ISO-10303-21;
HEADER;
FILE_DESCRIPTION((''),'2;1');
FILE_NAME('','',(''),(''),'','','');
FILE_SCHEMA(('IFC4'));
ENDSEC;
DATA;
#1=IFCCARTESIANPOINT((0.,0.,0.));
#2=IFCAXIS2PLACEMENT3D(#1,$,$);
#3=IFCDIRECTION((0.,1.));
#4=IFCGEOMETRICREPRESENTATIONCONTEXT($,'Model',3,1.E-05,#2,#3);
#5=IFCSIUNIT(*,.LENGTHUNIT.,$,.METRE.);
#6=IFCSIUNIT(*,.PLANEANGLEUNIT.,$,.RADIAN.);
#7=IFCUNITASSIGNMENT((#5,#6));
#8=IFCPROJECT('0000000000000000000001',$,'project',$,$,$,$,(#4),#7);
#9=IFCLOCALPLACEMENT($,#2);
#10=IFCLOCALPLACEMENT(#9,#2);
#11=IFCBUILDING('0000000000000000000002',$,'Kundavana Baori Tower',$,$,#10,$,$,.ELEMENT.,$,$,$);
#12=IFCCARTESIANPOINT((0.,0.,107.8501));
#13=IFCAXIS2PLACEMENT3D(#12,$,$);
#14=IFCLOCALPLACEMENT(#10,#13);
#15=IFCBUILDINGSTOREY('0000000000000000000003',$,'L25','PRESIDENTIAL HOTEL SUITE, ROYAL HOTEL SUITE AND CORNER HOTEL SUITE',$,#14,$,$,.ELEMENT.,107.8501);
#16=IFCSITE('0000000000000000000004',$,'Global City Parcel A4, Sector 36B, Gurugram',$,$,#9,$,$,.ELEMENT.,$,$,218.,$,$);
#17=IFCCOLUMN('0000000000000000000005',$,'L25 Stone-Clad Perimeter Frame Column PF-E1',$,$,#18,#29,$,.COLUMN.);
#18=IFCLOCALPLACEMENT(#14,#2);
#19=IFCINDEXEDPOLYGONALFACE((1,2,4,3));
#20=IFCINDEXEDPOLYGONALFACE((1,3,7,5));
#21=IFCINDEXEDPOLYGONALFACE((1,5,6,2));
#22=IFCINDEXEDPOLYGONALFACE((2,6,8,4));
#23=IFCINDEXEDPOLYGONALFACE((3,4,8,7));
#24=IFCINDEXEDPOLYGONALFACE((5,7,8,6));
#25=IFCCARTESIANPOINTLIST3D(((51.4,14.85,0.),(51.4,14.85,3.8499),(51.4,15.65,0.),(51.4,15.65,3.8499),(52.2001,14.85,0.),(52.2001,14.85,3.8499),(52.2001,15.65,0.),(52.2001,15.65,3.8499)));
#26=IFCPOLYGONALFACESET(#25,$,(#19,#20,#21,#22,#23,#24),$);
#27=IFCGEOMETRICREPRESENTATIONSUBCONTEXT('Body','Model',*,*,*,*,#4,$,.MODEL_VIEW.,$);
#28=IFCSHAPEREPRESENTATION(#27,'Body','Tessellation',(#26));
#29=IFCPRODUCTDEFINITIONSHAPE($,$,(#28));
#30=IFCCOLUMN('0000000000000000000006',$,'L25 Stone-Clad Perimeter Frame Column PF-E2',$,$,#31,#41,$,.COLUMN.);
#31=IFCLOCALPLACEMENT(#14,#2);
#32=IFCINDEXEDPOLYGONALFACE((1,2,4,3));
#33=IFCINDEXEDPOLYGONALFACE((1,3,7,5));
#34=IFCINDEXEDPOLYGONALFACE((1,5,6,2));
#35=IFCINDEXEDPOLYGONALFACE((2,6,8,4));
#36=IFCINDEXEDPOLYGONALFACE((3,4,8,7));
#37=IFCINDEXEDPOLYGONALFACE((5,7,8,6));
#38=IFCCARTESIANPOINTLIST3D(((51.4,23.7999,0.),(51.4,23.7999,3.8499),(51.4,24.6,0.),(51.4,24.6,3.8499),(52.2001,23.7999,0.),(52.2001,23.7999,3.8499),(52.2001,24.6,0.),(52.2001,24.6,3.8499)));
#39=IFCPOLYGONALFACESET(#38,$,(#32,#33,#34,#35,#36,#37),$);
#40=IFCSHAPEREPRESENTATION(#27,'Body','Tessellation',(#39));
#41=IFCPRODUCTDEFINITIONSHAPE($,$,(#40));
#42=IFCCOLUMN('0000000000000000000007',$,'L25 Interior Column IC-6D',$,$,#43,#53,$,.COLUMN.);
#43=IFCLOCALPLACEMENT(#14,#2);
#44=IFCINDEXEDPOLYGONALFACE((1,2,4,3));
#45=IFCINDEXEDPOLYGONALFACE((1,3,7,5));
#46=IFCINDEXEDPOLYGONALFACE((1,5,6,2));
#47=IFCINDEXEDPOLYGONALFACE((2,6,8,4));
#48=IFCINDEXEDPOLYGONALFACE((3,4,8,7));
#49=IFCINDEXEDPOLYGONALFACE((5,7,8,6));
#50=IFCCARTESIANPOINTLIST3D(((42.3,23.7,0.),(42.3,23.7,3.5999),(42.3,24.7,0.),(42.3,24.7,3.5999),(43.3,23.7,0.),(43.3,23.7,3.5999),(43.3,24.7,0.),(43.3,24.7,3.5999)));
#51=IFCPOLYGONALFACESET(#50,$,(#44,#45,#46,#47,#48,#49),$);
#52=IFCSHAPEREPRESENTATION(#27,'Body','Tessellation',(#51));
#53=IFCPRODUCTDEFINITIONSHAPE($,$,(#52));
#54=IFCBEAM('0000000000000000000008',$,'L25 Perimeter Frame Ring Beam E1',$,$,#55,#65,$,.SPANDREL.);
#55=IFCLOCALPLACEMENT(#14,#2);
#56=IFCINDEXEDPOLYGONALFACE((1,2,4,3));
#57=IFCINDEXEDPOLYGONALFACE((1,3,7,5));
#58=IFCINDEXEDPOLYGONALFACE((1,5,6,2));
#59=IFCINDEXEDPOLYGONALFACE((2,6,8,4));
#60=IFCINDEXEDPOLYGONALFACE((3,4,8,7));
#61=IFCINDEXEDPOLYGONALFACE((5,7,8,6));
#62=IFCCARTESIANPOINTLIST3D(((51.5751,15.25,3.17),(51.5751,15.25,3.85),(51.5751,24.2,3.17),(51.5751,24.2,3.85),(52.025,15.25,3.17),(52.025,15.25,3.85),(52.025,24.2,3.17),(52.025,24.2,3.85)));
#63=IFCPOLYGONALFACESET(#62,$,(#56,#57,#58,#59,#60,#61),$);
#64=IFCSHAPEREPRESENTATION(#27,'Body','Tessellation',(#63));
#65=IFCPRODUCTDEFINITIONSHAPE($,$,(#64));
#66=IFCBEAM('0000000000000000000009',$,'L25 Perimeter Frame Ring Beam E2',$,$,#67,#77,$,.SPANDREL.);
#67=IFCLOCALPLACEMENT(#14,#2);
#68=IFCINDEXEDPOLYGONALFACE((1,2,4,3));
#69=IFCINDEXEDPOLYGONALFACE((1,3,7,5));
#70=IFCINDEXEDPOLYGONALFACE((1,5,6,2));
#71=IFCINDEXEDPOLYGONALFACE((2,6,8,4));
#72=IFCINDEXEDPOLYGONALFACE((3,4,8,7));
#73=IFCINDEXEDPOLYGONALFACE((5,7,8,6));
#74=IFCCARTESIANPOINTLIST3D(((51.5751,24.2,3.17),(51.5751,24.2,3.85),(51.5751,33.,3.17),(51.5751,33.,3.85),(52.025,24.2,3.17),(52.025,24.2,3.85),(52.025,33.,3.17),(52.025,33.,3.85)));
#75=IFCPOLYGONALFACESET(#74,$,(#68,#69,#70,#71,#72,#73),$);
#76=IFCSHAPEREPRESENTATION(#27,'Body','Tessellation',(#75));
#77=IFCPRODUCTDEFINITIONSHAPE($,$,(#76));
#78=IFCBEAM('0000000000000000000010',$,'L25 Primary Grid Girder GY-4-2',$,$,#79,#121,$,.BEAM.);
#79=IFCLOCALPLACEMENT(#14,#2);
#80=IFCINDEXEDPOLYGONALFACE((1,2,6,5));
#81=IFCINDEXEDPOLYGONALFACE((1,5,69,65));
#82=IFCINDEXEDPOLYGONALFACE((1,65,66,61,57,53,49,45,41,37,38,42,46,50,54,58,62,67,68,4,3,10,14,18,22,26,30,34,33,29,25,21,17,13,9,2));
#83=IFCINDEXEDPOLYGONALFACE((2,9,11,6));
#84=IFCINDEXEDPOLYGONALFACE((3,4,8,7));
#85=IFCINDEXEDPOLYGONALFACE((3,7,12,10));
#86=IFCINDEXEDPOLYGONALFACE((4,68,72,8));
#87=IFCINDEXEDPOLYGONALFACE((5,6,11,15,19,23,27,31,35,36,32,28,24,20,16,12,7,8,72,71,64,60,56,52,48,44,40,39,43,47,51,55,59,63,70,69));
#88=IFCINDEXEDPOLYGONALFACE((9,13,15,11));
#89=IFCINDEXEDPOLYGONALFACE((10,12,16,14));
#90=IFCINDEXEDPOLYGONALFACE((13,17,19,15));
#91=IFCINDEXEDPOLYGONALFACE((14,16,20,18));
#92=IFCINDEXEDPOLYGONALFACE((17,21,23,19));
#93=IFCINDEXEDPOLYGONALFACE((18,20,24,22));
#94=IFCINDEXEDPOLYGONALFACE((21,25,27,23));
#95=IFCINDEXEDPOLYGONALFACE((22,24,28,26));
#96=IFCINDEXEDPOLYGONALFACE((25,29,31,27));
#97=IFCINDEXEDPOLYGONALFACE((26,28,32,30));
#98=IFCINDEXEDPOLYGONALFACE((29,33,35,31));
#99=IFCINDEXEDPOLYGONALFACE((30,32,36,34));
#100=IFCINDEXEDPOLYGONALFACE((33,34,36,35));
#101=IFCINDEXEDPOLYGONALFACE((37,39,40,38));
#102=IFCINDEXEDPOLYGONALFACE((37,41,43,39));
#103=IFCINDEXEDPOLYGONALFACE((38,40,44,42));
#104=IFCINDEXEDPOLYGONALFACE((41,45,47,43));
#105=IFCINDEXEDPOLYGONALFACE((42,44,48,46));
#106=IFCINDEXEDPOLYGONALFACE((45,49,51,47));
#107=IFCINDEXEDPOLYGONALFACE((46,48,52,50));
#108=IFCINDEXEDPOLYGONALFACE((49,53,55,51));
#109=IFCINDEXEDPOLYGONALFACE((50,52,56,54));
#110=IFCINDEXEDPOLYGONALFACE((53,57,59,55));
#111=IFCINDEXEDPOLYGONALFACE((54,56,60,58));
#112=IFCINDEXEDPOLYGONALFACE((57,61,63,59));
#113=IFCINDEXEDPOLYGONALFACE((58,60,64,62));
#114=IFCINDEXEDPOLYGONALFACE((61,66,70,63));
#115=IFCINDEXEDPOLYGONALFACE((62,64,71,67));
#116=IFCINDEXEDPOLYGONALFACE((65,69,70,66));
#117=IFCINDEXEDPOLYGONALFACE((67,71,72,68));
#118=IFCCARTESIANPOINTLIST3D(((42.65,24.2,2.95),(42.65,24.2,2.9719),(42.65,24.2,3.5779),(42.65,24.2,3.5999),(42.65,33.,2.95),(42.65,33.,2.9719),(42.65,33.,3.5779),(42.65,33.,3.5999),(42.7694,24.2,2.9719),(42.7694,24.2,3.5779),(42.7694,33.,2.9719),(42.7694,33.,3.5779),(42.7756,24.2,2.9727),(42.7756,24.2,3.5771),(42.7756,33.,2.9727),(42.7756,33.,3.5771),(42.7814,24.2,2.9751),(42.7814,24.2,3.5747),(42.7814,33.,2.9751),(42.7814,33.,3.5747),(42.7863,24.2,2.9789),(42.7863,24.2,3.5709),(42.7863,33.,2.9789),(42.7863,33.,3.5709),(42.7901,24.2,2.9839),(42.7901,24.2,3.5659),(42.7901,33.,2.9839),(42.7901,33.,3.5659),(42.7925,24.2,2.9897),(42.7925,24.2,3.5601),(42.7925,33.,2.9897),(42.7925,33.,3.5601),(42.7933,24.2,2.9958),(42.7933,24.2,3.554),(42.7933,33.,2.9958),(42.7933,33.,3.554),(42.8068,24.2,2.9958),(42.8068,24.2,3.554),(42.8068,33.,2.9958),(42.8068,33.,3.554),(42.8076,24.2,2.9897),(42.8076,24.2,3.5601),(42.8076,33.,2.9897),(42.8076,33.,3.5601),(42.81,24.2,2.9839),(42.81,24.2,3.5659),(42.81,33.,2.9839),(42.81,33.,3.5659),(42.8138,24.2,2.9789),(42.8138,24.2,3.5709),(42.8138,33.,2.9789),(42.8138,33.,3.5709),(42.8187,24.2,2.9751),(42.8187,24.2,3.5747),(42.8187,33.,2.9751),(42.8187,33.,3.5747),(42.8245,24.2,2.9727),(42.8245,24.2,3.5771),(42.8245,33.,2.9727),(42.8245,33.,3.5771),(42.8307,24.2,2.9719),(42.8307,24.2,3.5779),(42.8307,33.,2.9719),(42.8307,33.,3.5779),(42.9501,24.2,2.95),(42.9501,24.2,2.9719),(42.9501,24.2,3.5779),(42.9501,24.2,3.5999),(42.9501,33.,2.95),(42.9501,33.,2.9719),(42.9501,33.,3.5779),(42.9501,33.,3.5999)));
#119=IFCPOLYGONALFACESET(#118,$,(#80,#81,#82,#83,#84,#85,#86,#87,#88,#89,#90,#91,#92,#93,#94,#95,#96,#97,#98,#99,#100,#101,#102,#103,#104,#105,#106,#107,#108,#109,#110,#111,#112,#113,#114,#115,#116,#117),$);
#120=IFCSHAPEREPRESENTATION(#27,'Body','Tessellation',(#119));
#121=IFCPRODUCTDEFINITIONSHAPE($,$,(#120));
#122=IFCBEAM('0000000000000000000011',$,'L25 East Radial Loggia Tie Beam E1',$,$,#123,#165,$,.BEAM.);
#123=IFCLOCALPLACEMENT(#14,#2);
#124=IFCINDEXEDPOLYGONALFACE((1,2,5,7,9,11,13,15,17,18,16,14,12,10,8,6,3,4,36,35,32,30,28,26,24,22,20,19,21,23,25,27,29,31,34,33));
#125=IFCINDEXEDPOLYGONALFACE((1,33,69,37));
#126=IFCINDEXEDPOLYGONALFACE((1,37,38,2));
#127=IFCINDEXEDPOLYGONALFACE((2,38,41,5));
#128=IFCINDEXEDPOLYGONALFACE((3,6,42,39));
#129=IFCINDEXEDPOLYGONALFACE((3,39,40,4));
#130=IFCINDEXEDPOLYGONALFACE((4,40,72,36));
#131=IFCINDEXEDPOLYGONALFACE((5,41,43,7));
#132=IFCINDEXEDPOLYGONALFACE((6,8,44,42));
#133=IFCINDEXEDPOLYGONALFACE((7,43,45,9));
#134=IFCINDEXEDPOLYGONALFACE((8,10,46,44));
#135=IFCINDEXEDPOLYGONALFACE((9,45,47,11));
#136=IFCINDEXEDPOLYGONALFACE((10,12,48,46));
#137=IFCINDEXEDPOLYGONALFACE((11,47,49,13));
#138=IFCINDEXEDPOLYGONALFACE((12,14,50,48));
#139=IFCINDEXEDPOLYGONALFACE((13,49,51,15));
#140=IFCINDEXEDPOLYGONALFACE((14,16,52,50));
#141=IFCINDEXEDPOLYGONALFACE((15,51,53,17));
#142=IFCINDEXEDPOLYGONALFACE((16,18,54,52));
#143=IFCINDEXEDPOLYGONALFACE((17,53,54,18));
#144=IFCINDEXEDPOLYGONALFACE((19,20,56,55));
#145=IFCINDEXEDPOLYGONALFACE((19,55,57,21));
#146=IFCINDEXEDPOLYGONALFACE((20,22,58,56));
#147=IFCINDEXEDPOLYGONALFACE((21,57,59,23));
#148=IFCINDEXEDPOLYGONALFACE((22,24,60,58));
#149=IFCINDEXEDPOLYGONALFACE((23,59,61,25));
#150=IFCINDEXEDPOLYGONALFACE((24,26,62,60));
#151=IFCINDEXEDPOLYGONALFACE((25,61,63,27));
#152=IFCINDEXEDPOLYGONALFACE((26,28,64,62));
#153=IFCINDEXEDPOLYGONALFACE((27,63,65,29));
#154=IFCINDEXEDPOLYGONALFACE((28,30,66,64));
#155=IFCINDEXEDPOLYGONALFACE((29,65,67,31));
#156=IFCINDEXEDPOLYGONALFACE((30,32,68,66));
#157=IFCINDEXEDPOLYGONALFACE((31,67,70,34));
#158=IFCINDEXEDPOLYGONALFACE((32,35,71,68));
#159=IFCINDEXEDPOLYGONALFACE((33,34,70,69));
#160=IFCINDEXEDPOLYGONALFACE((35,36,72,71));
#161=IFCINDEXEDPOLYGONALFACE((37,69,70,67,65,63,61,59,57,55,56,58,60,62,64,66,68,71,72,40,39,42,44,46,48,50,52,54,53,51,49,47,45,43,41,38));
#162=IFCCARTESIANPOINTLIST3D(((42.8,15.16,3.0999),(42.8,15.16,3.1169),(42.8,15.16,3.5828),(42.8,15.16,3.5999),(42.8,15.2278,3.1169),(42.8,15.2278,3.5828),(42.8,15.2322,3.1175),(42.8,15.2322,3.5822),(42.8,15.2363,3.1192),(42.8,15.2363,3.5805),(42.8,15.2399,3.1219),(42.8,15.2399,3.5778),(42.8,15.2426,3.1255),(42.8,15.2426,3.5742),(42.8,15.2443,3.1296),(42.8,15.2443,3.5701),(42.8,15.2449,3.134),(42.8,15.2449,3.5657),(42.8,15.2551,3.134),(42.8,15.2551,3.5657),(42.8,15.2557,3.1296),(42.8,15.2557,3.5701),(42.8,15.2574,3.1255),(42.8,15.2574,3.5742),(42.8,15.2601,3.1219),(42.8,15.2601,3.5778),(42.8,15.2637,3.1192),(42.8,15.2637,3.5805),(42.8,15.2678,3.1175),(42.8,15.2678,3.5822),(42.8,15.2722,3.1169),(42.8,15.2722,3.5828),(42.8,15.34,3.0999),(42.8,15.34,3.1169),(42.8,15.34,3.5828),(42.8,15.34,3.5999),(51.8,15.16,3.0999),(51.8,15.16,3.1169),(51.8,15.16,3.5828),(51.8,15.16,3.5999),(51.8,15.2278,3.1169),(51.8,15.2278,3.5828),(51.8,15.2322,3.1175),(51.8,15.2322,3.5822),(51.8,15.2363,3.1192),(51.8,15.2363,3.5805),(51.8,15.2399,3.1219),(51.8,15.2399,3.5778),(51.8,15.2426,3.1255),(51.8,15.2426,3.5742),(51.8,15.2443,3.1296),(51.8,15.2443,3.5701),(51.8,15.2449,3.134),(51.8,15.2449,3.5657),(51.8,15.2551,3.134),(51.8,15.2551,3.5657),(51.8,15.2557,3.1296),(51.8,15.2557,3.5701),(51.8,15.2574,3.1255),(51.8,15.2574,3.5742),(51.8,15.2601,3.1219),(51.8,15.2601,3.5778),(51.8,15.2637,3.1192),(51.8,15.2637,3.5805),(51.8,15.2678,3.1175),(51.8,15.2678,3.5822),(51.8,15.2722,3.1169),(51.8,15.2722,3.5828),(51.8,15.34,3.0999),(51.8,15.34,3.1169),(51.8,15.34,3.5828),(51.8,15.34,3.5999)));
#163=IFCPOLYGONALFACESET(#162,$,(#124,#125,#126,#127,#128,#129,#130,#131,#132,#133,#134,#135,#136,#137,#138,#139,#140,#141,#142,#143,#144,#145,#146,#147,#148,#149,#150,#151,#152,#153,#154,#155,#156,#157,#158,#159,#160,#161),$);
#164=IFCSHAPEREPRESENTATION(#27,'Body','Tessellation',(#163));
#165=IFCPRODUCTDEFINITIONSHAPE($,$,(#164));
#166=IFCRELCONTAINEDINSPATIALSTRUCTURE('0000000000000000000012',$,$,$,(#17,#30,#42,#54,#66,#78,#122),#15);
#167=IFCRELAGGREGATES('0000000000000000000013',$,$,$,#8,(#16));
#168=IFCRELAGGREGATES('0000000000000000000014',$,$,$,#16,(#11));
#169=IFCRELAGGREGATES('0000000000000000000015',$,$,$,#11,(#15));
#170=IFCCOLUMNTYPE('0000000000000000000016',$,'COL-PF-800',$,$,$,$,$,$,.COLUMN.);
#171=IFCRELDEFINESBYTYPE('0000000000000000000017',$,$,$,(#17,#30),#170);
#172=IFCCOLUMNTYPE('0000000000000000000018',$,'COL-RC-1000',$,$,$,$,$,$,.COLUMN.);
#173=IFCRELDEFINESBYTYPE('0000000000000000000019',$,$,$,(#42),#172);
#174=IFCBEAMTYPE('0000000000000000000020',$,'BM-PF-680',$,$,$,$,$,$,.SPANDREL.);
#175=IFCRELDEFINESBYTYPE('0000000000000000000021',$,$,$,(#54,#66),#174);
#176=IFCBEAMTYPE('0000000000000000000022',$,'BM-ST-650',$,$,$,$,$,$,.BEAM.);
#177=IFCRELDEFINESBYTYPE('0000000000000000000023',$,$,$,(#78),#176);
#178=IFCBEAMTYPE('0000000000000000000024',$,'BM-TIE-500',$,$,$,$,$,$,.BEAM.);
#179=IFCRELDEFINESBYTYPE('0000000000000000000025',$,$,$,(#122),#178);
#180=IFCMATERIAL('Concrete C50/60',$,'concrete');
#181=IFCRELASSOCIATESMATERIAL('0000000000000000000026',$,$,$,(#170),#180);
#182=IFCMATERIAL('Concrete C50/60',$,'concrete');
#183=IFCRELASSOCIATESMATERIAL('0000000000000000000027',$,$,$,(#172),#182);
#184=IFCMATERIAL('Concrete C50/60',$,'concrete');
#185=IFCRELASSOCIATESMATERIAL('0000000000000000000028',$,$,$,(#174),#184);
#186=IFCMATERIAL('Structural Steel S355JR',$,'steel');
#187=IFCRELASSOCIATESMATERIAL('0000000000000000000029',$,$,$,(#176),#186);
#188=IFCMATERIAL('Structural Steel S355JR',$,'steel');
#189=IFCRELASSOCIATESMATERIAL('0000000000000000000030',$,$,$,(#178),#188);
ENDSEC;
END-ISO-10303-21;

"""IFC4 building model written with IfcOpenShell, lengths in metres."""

from ifc_helpers import new_model, si_unit, direction, frame, origin, origin_2d, place, context, subcontext, project, spatial, rectangle, i_section, extrude, material, material_profile, profile_set, type_object, element, save


model = new_model("IFC4")

# Units and contexts
model_context = context("Model", 3, precision=1e-05, world=origin(), true_north=direction((0.0, 1.0)))
body_context = subcontext(model_context, "Body", "Model", "MODEL_VIEW")
ifc_project = project(units=[si_unit("LENGTHUNIT", "METRE"), si_unit("PLANEANGLEUNIT", "RADIAN")], contexts=[model_context])

# Site, building, storey
site_placement = place(None, origin())
site = spatial("IfcSite", under=ifc_project, at=site_placement, Name="Global City Parcel A4, Sector 36B, Gurugram", CompositionType="ELEMENT", RefElevation=218.0)
building_placement = place(site_placement, origin())
building = spatial("IfcBuilding", under=site, at=building_placement, Name="Kundavana Baori Tower", CompositionType="ELEMENT")
storey_placement = place(building_placement, frame((0.0, 0.0, 107.8501)))
storey = spatial("IfcBuildingStorey", under=building, at=storey_placement, Name="L25", Description="PRESIDENTIAL HOTEL SUITE, ROYAL HOTEL SUITE AND CORNER HOTEL SUITE", CompositionType="ELEMENT", Elevation=107.8501)

# Columns
ifc_material_1 = material(Name="Concrete C50/60", Category="concrete")
ifc_material_profile_1 = material_profile(ifc_material_1, rectangle(XDim=0.8, YDim=0.8, at=origin_2d()), Name="RC PF 800x800")
ifc_profile_set_1 = profile_set([ifc_material_profile_1], Name="Concrete C50/60")
column_type_1 = type_object("IfcColumnType", Name="COL-PF-800", PredefinedType="COLUMN", material=ifc_profile_set_1)
for number, where, z_axis, x_axis, name in (
    (1, (51.8, 15.25, 0.0), (0.0, 0.0, 1.0), (1.0, 0.0, 0.0), "L25 Stone-Clad Perimeter Frame Column PF-E1"),
    (2, (51.8, 24.2, 0.0), (0.0, 0.0, 1.0), (1.0, 0.0, 0.0), "L25 Stone-Clad Perimeter Frame Column PF-E2"),
):
    element("IfcColumn", number, at=place(storey_placement, frame(where, z_axis=z_axis, x_axis=x_axis)), inside=storey, type_object=column_type_1, Name=name, PredefinedType="COLUMN", context=body_context, shape_type="SweptSolid", body=[
        extrude(rectangle(XDim=0.8, YDim=0.8, at=origin_2d()), origin(), (0.0, 0.0, 1.0), 3.8499),
    ])
ifc_material_2 = material(Name="Concrete C50/60", Category="concrete")
ifc_material_profile_2 = material_profile(ifc_material_2, rectangle(XDim=1.0, YDim=1.0, at=origin_2d()), Name="RC 1000x1000")
ifc_profile_set_2 = profile_set([ifc_material_profile_2], Name="Concrete C50/60")
column_type_2 = type_object("IfcColumnType", Name="COL-RC-1000", PredefinedType="COLUMN", material=ifc_profile_set_2)
column_placement = place(storey_placement, frame((42.8, 24.2, 0.0), z_axis=(0.0, 0.0, 1.0), x_axis=(1.0, 0.0, 0.0)))
element("IfcColumn", 3, at=column_placement, inside=storey, type_object=column_type_2, Name="L25 Interior Column IC-6D", PredefinedType="COLUMN", context=body_context, shape_type="SweptSolid", body=[
    extrude(rectangle(XDim=1.0, YDim=1.0, at=origin_2d()), origin(), (0.0, 0.0, 1.0), 3.5999),
])

# Beams
ifc_material_3 = material(Name="Concrete C50/60", Category="concrete")
ifc_material_profile_3 = material_profile(ifc_material_3, rectangle(XDim=0.45, YDim=0.6799, at=origin_2d()), Name="RC BM 450x680")
ifc_profile_set_3 = profile_set([ifc_material_profile_3], Name="Concrete C50/60")
beam_type_1 = type_object("IfcBeamType", Name="BM-PF-680", PredefinedType="SPANDREL", material=ifc_profile_set_3)
beam_1_placement = place(storey_placement, frame((51.8, 15.25, 3.51), z_axis=(0.0, 1.0, 0.0), x_axis=(-1.0, 0.0, 0.0)))
element("IfcBeam", 4, at=beam_1_placement, inside=storey, type_object=beam_type_1, Name="L25 Perimeter Frame Ring Beam E1", PredefinedType="SPANDREL", context=body_context, shape_type="SweptSolid", body=[
    extrude(rectangle(XDim=0.45, YDim=0.6799, at=origin_2d()), origin(), (0.0, 0.0, 1.0), 8.95),
])
beam_2_placement = place(storey_placement, frame((51.8, 24.2, 3.51), z_axis=(0.0, 1.0, 0.0), x_axis=(-1.0, 0.0, 0.0)))
element("IfcBeam", 5, at=beam_2_placement, inside=storey, type_object=beam_type_1, Name="L25 Perimeter Frame Ring Beam E2", PredefinedType="SPANDREL", context=body_context, shape_type="SweptSolid", body=[
    extrude(rectangle(XDim=0.45, YDim=0.6799, at=origin_2d()), origin(), (0.0, 0.0, 1.0), 8.8),
])
ifc_material_4 = material(Name="Structural Steel S355JR", Category="steel")
ifc_material_profile_4 = material_profile(ifc_material_4, i_section(OverallWidth=0.3, OverallDepth=0.6499, WebThickness=0.0134, FlangeThickness=0.022, FilletRadius=0.0239, at=origin_2d()), Name="NPB 650x300x155")
ifc_profile_set_4 = profile_set([ifc_material_profile_4], Name="Structural Steel S355JR")
beam_type_2 = type_object("IfcBeamType", Name="BM-ST-650", PredefinedType="BEAM", material=ifc_profile_set_4)
beam_3_placement = place(storey_placement, frame((42.8, 24.2, 3.2749), z_axis=(0.0, 1.0, 0.0), x_axis=(-1.0, 0.0, 0.0)))
element("IfcBeam", 6, at=beam_3_placement, inside=storey, type_object=beam_type_2, Name="L25 Primary Grid Girder GY-4-2", PredefinedType="BEAM", context=body_context, shape_type="SweptSolid", body=[
    extrude(i_section(OverallWidth=0.3, OverallDepth=0.6499, WebThickness=0.0134, FlangeThickness=0.022, FilletRadius=0.0239, at=origin_2d()), origin(), (0.0, 0.0, 1.0), 8.8),
])
ifc_material_5 = material(Name="Structural Steel S355JR", Category="steel")
ifc_material_profile_5 = material_profile(ifc_material_5, i_section(OverallWidth=0.1799, OverallDepth=0.5, WebThickness=0.0103, FlangeThickness=0.0171, FilletRadius=0.0171, at=origin_2d()), Name="ISMB 500")
ifc_profile_set_5 = profile_set([ifc_material_profile_5], Name="Structural Steel S355JR")
beam_type_3 = type_object("IfcBeamType", Name="BM-TIE-500", PredefinedType="BEAM", material=ifc_profile_set_5)
for number, where, z_axis, x_axis, name in (
    (7, (42.8, 15.25, 3.3499), (1.0, 0.0, 0.0), (0.0, 1.0, 0.0), "L25 East Radial Loggia Tie Beam E1"),
):
    element("IfcBeam", number, at=place(storey_placement, frame(where, z_axis=z_axis, x_axis=x_axis)), inside=storey, type_object=beam_type_3, Name=name, PredefinedType="BEAM", context=body_context, shape_type="SweptSolid", body=[
        extrude(i_section(OverallWidth=0.1799, OverallDepth=0.5, WebThickness=0.0103, FlangeThickness=0.0171, FilletRadius=0.0171, at=origin_2d()), origin(), (0.0, 0.0, 1.0), 9.0),
    ])

save(model, "model.ifc")
